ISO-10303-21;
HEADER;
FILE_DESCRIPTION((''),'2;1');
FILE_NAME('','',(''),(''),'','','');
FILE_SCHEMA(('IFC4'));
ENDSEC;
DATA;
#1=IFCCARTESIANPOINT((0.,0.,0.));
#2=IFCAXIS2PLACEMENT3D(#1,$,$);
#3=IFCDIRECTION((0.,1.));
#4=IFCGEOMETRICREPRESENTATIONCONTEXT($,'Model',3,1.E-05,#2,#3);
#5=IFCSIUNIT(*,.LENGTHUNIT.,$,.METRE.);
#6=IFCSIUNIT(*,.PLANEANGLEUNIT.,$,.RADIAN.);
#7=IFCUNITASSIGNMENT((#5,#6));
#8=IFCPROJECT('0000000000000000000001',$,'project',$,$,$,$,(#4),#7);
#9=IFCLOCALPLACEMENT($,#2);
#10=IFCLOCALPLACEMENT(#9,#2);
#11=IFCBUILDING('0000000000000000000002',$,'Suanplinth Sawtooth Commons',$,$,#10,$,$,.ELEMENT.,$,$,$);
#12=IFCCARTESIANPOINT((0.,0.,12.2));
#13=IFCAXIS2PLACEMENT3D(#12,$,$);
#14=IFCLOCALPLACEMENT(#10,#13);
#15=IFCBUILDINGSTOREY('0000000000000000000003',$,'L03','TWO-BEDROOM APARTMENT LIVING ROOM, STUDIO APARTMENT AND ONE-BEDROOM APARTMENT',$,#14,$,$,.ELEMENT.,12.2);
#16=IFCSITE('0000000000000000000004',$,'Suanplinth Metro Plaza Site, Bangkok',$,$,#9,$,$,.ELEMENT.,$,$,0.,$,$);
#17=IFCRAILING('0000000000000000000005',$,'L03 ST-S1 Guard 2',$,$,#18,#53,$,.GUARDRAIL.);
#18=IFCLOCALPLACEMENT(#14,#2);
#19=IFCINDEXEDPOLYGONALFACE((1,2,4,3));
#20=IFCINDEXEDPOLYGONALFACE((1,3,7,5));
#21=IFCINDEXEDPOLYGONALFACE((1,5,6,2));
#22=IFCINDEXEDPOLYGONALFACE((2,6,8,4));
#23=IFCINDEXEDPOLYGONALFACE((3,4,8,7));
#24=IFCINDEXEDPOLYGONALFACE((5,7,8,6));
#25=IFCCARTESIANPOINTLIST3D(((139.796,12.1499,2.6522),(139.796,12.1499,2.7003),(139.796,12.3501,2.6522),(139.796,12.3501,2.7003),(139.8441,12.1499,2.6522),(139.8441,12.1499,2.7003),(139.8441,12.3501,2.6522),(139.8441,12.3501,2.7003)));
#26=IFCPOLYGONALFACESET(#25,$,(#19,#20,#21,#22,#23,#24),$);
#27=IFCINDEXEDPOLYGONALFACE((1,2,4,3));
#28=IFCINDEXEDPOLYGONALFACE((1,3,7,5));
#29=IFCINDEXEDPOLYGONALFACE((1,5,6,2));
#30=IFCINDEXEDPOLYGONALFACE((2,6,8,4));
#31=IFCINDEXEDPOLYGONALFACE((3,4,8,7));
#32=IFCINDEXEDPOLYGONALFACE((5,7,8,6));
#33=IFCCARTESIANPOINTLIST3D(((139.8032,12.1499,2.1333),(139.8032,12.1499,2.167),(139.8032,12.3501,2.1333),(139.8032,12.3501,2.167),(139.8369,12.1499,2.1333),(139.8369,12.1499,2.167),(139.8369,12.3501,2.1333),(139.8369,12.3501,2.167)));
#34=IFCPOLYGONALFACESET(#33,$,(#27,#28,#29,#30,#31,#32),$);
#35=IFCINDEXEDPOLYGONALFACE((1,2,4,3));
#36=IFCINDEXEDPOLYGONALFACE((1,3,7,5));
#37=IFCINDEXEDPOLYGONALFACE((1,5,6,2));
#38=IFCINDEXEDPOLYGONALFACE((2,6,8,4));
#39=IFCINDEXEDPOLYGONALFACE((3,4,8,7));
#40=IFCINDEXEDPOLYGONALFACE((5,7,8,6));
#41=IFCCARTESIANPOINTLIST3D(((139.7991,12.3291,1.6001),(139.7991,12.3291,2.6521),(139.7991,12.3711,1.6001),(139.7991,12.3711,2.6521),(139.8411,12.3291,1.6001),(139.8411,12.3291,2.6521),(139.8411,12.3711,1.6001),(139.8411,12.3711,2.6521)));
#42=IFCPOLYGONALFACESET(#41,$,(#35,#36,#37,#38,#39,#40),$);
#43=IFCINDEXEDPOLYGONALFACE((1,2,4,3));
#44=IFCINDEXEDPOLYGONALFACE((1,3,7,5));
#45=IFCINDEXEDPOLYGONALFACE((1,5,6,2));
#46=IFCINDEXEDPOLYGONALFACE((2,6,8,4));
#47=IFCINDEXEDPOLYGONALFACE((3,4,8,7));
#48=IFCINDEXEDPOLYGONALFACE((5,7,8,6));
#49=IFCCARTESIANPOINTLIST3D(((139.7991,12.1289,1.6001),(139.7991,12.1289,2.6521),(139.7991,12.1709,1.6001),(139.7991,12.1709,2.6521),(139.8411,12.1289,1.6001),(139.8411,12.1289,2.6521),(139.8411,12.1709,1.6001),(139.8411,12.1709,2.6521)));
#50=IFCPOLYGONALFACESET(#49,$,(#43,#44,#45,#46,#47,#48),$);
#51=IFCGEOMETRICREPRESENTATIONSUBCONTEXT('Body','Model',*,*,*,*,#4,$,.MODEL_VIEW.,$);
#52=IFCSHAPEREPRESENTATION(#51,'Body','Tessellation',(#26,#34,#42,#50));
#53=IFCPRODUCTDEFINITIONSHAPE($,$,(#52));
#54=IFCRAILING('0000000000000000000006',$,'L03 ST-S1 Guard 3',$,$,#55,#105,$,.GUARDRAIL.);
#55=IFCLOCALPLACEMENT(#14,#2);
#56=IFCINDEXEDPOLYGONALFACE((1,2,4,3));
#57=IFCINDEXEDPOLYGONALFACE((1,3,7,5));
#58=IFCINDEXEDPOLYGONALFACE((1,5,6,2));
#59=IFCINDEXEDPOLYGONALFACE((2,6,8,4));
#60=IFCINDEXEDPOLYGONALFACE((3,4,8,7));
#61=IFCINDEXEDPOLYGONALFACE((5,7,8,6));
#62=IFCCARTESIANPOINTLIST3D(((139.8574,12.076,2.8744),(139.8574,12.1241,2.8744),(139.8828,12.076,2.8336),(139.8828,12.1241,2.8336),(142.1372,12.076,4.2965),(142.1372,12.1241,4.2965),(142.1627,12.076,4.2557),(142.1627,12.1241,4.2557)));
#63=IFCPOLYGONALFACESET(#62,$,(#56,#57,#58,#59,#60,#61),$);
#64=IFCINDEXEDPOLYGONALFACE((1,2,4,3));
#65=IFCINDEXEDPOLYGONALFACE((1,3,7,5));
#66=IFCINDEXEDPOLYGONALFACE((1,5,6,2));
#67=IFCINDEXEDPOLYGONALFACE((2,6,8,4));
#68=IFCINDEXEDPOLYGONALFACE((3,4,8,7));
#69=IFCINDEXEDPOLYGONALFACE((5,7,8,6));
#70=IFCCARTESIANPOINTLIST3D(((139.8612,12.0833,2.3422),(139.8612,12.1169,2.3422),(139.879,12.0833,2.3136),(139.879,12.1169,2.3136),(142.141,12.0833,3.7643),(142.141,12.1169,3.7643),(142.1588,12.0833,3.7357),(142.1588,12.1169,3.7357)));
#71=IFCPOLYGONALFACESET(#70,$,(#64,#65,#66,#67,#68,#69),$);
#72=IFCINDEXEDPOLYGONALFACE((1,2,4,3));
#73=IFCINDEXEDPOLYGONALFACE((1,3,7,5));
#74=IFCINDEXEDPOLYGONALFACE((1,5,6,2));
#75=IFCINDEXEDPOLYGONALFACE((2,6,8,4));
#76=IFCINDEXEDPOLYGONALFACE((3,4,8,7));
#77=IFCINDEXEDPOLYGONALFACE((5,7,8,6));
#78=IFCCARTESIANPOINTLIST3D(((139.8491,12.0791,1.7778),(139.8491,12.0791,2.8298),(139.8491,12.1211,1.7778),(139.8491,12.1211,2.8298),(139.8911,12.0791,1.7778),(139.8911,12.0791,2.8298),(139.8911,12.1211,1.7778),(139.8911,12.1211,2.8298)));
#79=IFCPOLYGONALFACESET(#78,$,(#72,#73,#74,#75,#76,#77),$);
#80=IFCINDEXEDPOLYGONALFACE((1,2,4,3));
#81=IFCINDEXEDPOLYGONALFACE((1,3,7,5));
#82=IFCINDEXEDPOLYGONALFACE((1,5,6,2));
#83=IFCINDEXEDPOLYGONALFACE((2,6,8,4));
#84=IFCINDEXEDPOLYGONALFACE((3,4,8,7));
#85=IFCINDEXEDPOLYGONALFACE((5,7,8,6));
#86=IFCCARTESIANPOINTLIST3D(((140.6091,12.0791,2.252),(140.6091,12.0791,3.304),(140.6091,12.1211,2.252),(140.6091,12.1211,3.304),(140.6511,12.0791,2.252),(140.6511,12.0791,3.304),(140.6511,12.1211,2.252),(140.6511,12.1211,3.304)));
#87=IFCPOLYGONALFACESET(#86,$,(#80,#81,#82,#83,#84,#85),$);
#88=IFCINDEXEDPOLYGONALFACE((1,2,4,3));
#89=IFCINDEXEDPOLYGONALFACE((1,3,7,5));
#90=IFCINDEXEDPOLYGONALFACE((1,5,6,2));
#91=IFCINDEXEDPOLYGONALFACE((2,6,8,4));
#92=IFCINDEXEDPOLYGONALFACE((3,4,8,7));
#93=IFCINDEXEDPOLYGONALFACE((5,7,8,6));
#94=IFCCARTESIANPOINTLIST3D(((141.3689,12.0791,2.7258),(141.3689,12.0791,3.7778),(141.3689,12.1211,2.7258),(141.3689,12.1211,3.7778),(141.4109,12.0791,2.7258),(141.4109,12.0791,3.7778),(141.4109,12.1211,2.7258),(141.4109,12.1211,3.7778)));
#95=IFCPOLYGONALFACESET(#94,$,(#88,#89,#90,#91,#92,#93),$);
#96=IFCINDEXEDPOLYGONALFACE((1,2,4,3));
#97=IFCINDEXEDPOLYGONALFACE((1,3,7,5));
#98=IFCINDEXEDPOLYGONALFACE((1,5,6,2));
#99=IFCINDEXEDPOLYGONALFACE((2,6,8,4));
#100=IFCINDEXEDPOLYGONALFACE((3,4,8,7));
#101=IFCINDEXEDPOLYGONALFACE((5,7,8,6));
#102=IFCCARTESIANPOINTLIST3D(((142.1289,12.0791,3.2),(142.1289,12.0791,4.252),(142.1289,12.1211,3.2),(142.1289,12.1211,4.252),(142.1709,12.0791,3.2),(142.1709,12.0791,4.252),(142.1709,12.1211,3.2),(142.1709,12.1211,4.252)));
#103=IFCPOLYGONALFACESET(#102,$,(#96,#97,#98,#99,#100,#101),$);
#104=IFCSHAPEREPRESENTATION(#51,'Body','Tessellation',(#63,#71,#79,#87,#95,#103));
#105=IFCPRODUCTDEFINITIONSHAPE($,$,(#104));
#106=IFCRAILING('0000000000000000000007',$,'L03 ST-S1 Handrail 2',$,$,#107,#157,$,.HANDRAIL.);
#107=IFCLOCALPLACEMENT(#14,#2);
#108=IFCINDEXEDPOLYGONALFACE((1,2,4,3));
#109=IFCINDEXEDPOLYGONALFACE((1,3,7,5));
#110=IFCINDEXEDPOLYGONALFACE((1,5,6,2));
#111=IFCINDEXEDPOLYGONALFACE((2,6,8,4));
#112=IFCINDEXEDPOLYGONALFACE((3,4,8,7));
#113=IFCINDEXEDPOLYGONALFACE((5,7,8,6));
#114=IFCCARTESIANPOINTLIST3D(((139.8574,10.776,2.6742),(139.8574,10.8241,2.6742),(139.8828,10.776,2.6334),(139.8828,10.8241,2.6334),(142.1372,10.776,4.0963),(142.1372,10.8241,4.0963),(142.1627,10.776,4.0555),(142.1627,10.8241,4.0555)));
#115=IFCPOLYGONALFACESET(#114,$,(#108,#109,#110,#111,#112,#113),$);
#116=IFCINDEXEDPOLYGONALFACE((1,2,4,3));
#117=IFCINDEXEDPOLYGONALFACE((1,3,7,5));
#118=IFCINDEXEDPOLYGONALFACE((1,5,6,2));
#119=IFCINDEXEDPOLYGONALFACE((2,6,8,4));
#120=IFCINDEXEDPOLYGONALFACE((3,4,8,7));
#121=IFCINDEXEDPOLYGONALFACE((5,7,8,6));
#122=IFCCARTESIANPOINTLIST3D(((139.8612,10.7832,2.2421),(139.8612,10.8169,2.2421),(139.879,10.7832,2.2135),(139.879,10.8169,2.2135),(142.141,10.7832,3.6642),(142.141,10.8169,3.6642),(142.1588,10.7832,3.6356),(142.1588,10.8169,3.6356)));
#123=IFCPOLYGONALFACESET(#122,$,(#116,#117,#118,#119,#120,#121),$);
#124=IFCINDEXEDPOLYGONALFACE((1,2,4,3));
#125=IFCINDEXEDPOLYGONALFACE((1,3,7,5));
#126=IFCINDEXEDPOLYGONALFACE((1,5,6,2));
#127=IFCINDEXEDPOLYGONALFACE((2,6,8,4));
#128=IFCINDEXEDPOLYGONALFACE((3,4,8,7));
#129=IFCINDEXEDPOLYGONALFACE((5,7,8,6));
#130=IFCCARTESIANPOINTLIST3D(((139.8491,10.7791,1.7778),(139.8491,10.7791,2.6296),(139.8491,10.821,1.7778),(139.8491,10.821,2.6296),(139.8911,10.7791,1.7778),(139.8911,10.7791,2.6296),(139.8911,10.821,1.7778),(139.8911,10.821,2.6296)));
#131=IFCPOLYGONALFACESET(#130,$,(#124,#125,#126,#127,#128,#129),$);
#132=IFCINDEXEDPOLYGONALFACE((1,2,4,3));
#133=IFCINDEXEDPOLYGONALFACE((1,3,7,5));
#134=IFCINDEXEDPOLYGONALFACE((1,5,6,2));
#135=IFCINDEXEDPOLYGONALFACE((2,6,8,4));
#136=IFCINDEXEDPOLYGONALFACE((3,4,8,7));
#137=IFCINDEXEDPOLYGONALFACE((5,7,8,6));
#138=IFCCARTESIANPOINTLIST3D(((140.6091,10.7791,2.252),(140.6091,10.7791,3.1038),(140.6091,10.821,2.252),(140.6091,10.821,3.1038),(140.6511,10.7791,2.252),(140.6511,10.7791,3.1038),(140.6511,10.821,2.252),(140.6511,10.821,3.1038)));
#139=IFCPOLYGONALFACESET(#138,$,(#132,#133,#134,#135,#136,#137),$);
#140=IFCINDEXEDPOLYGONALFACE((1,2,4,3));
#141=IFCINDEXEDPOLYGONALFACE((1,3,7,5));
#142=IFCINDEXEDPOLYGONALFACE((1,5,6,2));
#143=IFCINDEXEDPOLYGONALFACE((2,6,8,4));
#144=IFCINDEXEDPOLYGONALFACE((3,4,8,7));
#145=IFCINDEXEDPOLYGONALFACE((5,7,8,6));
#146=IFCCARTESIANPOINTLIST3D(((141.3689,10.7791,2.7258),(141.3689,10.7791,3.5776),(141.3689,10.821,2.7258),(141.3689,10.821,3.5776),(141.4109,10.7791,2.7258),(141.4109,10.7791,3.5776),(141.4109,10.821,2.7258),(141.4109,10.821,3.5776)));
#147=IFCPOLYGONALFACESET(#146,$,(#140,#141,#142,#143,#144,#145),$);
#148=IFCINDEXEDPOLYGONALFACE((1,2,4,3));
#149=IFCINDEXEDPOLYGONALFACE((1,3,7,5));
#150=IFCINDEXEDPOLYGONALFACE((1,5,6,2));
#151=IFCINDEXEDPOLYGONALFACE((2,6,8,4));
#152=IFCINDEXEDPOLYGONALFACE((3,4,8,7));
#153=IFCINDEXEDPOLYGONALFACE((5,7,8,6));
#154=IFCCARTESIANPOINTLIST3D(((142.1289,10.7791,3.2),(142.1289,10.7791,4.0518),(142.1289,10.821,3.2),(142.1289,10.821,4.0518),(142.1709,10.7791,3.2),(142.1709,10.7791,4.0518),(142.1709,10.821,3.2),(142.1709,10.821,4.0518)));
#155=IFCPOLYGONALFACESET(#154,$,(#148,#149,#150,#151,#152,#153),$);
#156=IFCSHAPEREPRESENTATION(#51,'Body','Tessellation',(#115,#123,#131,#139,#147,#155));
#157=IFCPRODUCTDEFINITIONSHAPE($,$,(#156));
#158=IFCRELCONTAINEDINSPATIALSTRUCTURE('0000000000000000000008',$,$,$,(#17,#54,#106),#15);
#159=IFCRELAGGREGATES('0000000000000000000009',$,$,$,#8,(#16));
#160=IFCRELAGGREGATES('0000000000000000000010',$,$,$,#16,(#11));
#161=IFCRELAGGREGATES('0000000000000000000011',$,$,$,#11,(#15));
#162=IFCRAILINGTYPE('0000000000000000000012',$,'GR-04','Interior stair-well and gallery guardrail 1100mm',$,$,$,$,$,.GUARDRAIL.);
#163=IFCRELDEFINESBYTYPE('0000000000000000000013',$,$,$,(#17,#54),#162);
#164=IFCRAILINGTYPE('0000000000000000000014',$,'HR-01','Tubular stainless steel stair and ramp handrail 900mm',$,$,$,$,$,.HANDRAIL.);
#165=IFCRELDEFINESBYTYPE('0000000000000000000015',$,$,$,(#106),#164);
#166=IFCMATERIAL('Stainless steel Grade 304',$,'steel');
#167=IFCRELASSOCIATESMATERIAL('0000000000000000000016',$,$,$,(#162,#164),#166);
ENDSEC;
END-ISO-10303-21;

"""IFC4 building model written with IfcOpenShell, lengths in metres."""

from ifc_helpers import new_model, si_unit, direction, frame, origin, origin_2d, place, context, subcontext, project, spatial, rectangle, extrude, material, type_object, element, save


model = new_model("IFC4")

# Units and contexts
model_context = context("Model", 3, precision=1e-05, world=origin(), true_north=direction((0.0, 1.0)))
body_context = subcontext(model_context, "Body", "Model", "MODEL_VIEW")
ifc_project = project(units=[si_unit("LENGTHUNIT", "METRE"), si_unit("PLANEANGLEUNIT", "RADIAN")], contexts=[model_context])

# Site, building, storey
site_placement = place(None, origin())
site = spatial("IfcSite", under=ifc_project, at=site_placement, Name="Suanplinth Metro Plaza Site, Bangkok", CompositionType="ELEMENT", RefElevation=0.0)
building_placement = place(site_placement, origin())
building = spatial("IfcBuilding", under=site, at=building_placement, Name="Suanplinth Sawtooth Commons", CompositionType="ELEMENT")
storey_placement = place(building_placement, frame((0.0, 0.0, 12.2)))
storey = spatial("IfcBuildingStorey", under=building, at=storey_placement, Name="L03", Description="TWO-BEDROOM APARTMENT LIVING ROOM, STUDIO APARTMENT AND ONE-BEDROOM APARTMENT", CompositionType="ELEMENT", Elevation=12.2)

# Railings
ifc_material_1 = material(Name="Stainless steel Grade 304", Category="steel")
railing_type_1 = type_object("IfcRailingType", Name="GR-04", Description="Interior stair-well and gallery guardrail 1100mm", PredefinedType="GUARDRAIL", material=ifc_material_1)
railing_1_placement = place(storey_placement, frame((139.8201, 12.3501, 1.6001)))
element("IfcRailing", 1, at=railing_1_placement, inside=storey, type_object=railing_type_1, Name="L03 ST-S1 Guard 2", PredefinedType="GUARDRAIL", context=body_context, shape_type="SweptSolid", body=[
    extrude(rectangle(XDim=0.0481, YDim=0.0481, at=origin_2d()), frame((0.0, 0.0, 1.0762), z_axis=(0.0, -1.0, 0.0), x_axis=(1.0, 0.0, 0.0)), (0.0, 0.0, 1.0), 0.2002),
    extrude(rectangle(XDim=0.0337, YDim=0.0337, at=origin_2d()), frame((0.0, 0.0, 0.55), z_axis=(0.0, -1.0, 0.0), x_axis=(1.0, 0.0, 0.0)), (0.0, 0.0, 1.0), 0.2002),
    extrude(rectangle(XDim=0.042, YDim=0.042, at=origin_2d()), origin(), (0.0, 0.0, 1.0), 1.052),
    extrude(rectangle(XDim=0.042, YDim=0.042, at=origin_2d()), frame((0.0, -0.2002, 0.0)), (0.0, 0.0, 1.0), 1.052),
])
railing_2_placement = place(storey_placement, frame((139.8701, 12.1001, 1.7778)))
element("IfcRailing", 2, at=railing_2_placement, inside=storey, type_object=railing_type_1, Name="L03 ST-S1 Guard 3", PredefinedType="GUARDRAIL", context=body_context, shape_type="SweptSolid", body=[
    extrude(rectangle(XDim=0.0481, YDim=0.0481, at=origin_2d()), frame((0.0, 0.0, 1.0762), z_axis=(0.848457, 0.0, 0.529264), x_axis=(0.0, 1.0, 0.0)), (0.0, 0.0, 1.0), 2.687),
    extrude(rectangle(XDim=0.0337, YDim=0.0337, at=origin_2d()), frame((0.0, 0.0, 0.55), z_axis=(0.848457, 0.0, 0.529264), x_axis=(0.0, 1.0, 0.0)), (0.0, 0.0, 1.0), 2.687),
    extrude(rectangle(XDim=0.042, YDim=0.042, at=origin_2d()), origin(), (0.0, 0.0, 1.0), 1.052),
    extrude(rectangle(XDim=0.042, YDim=0.042, at=origin_2d()), frame((0.76, 0.0, 0.4741)), (0.0, 0.0, 1.0), 1.052),
    extrude(rectangle(XDim=0.042, YDim=0.042, at=origin_2d()), frame((1.5198, 0.0, 0.948)), (0.0, 0.0, 1.0), 1.052),
    extrude(rectangle(XDim=0.042, YDim=0.042, at=origin_2d()), frame((2.2798, 0.0, 1.4221)), (0.0, 0.0, 1.0), 1.052),
])
railing_type_2 = type_object("IfcRailingType", Name="HR-01", Description="Tubular stainless steel stair and ramp handrail 900mm", PredefinedType="HANDRAIL", material=ifc_material_1)
railing_3_placement = place(storey_placement, frame((139.8701, 10.8, 1.7778)))
element("IfcRailing", 3, at=railing_3_placement, inside=storey, type_object=railing_type_2, Name="L03 ST-S1 Handrail 2", PredefinedType="HANDRAIL", context=body_context, shape_type="SweptSolid", body=[
    extrude(rectangle(XDim=0.0481, YDim=0.0481, at=origin_2d()), frame((0.0, 0.0, 0.876), z_axis=(0.848457, 0.0, 0.529264), x_axis=(0.0, 1.0, 0.0)), (0.0, 0.0, 1.0), 2.687),
    extrude(rectangle(XDim=0.0337, YDim=0.0337, at=origin_2d()), frame((0.0, 0.0, 0.45), z_axis=(0.848457, 0.0, 0.529264), x_axis=(0.0, 1.0, 0.0)), (0.0, 0.0, 1.0), 2.687),
    extrude(rectangle(XDim=0.042, YDim=0.042, at=origin_2d()), origin(), (0.0, 0.0, 1.0), 0.8518),
    extrude(rectangle(XDim=0.042, YDim=0.042, at=origin_2d()), frame((0.76, 0.0, 0.4741)), (0.0, 0.0, 1.0), 0.8518),
    extrude(rectangle(XDim=0.042, YDim=0.042, at=origin_2d()), frame((1.5198, 0.0, 0.948)), (0.0, 0.0, 1.0), 0.8518),
    extrude(rectangle(XDim=0.042, YDim=0.042, at=origin_2d()), frame((2.2798, 0.0, 1.4221)), (0.0, 0.0, 1.0), 0.8518),
])

save(model, "model.ifc")
